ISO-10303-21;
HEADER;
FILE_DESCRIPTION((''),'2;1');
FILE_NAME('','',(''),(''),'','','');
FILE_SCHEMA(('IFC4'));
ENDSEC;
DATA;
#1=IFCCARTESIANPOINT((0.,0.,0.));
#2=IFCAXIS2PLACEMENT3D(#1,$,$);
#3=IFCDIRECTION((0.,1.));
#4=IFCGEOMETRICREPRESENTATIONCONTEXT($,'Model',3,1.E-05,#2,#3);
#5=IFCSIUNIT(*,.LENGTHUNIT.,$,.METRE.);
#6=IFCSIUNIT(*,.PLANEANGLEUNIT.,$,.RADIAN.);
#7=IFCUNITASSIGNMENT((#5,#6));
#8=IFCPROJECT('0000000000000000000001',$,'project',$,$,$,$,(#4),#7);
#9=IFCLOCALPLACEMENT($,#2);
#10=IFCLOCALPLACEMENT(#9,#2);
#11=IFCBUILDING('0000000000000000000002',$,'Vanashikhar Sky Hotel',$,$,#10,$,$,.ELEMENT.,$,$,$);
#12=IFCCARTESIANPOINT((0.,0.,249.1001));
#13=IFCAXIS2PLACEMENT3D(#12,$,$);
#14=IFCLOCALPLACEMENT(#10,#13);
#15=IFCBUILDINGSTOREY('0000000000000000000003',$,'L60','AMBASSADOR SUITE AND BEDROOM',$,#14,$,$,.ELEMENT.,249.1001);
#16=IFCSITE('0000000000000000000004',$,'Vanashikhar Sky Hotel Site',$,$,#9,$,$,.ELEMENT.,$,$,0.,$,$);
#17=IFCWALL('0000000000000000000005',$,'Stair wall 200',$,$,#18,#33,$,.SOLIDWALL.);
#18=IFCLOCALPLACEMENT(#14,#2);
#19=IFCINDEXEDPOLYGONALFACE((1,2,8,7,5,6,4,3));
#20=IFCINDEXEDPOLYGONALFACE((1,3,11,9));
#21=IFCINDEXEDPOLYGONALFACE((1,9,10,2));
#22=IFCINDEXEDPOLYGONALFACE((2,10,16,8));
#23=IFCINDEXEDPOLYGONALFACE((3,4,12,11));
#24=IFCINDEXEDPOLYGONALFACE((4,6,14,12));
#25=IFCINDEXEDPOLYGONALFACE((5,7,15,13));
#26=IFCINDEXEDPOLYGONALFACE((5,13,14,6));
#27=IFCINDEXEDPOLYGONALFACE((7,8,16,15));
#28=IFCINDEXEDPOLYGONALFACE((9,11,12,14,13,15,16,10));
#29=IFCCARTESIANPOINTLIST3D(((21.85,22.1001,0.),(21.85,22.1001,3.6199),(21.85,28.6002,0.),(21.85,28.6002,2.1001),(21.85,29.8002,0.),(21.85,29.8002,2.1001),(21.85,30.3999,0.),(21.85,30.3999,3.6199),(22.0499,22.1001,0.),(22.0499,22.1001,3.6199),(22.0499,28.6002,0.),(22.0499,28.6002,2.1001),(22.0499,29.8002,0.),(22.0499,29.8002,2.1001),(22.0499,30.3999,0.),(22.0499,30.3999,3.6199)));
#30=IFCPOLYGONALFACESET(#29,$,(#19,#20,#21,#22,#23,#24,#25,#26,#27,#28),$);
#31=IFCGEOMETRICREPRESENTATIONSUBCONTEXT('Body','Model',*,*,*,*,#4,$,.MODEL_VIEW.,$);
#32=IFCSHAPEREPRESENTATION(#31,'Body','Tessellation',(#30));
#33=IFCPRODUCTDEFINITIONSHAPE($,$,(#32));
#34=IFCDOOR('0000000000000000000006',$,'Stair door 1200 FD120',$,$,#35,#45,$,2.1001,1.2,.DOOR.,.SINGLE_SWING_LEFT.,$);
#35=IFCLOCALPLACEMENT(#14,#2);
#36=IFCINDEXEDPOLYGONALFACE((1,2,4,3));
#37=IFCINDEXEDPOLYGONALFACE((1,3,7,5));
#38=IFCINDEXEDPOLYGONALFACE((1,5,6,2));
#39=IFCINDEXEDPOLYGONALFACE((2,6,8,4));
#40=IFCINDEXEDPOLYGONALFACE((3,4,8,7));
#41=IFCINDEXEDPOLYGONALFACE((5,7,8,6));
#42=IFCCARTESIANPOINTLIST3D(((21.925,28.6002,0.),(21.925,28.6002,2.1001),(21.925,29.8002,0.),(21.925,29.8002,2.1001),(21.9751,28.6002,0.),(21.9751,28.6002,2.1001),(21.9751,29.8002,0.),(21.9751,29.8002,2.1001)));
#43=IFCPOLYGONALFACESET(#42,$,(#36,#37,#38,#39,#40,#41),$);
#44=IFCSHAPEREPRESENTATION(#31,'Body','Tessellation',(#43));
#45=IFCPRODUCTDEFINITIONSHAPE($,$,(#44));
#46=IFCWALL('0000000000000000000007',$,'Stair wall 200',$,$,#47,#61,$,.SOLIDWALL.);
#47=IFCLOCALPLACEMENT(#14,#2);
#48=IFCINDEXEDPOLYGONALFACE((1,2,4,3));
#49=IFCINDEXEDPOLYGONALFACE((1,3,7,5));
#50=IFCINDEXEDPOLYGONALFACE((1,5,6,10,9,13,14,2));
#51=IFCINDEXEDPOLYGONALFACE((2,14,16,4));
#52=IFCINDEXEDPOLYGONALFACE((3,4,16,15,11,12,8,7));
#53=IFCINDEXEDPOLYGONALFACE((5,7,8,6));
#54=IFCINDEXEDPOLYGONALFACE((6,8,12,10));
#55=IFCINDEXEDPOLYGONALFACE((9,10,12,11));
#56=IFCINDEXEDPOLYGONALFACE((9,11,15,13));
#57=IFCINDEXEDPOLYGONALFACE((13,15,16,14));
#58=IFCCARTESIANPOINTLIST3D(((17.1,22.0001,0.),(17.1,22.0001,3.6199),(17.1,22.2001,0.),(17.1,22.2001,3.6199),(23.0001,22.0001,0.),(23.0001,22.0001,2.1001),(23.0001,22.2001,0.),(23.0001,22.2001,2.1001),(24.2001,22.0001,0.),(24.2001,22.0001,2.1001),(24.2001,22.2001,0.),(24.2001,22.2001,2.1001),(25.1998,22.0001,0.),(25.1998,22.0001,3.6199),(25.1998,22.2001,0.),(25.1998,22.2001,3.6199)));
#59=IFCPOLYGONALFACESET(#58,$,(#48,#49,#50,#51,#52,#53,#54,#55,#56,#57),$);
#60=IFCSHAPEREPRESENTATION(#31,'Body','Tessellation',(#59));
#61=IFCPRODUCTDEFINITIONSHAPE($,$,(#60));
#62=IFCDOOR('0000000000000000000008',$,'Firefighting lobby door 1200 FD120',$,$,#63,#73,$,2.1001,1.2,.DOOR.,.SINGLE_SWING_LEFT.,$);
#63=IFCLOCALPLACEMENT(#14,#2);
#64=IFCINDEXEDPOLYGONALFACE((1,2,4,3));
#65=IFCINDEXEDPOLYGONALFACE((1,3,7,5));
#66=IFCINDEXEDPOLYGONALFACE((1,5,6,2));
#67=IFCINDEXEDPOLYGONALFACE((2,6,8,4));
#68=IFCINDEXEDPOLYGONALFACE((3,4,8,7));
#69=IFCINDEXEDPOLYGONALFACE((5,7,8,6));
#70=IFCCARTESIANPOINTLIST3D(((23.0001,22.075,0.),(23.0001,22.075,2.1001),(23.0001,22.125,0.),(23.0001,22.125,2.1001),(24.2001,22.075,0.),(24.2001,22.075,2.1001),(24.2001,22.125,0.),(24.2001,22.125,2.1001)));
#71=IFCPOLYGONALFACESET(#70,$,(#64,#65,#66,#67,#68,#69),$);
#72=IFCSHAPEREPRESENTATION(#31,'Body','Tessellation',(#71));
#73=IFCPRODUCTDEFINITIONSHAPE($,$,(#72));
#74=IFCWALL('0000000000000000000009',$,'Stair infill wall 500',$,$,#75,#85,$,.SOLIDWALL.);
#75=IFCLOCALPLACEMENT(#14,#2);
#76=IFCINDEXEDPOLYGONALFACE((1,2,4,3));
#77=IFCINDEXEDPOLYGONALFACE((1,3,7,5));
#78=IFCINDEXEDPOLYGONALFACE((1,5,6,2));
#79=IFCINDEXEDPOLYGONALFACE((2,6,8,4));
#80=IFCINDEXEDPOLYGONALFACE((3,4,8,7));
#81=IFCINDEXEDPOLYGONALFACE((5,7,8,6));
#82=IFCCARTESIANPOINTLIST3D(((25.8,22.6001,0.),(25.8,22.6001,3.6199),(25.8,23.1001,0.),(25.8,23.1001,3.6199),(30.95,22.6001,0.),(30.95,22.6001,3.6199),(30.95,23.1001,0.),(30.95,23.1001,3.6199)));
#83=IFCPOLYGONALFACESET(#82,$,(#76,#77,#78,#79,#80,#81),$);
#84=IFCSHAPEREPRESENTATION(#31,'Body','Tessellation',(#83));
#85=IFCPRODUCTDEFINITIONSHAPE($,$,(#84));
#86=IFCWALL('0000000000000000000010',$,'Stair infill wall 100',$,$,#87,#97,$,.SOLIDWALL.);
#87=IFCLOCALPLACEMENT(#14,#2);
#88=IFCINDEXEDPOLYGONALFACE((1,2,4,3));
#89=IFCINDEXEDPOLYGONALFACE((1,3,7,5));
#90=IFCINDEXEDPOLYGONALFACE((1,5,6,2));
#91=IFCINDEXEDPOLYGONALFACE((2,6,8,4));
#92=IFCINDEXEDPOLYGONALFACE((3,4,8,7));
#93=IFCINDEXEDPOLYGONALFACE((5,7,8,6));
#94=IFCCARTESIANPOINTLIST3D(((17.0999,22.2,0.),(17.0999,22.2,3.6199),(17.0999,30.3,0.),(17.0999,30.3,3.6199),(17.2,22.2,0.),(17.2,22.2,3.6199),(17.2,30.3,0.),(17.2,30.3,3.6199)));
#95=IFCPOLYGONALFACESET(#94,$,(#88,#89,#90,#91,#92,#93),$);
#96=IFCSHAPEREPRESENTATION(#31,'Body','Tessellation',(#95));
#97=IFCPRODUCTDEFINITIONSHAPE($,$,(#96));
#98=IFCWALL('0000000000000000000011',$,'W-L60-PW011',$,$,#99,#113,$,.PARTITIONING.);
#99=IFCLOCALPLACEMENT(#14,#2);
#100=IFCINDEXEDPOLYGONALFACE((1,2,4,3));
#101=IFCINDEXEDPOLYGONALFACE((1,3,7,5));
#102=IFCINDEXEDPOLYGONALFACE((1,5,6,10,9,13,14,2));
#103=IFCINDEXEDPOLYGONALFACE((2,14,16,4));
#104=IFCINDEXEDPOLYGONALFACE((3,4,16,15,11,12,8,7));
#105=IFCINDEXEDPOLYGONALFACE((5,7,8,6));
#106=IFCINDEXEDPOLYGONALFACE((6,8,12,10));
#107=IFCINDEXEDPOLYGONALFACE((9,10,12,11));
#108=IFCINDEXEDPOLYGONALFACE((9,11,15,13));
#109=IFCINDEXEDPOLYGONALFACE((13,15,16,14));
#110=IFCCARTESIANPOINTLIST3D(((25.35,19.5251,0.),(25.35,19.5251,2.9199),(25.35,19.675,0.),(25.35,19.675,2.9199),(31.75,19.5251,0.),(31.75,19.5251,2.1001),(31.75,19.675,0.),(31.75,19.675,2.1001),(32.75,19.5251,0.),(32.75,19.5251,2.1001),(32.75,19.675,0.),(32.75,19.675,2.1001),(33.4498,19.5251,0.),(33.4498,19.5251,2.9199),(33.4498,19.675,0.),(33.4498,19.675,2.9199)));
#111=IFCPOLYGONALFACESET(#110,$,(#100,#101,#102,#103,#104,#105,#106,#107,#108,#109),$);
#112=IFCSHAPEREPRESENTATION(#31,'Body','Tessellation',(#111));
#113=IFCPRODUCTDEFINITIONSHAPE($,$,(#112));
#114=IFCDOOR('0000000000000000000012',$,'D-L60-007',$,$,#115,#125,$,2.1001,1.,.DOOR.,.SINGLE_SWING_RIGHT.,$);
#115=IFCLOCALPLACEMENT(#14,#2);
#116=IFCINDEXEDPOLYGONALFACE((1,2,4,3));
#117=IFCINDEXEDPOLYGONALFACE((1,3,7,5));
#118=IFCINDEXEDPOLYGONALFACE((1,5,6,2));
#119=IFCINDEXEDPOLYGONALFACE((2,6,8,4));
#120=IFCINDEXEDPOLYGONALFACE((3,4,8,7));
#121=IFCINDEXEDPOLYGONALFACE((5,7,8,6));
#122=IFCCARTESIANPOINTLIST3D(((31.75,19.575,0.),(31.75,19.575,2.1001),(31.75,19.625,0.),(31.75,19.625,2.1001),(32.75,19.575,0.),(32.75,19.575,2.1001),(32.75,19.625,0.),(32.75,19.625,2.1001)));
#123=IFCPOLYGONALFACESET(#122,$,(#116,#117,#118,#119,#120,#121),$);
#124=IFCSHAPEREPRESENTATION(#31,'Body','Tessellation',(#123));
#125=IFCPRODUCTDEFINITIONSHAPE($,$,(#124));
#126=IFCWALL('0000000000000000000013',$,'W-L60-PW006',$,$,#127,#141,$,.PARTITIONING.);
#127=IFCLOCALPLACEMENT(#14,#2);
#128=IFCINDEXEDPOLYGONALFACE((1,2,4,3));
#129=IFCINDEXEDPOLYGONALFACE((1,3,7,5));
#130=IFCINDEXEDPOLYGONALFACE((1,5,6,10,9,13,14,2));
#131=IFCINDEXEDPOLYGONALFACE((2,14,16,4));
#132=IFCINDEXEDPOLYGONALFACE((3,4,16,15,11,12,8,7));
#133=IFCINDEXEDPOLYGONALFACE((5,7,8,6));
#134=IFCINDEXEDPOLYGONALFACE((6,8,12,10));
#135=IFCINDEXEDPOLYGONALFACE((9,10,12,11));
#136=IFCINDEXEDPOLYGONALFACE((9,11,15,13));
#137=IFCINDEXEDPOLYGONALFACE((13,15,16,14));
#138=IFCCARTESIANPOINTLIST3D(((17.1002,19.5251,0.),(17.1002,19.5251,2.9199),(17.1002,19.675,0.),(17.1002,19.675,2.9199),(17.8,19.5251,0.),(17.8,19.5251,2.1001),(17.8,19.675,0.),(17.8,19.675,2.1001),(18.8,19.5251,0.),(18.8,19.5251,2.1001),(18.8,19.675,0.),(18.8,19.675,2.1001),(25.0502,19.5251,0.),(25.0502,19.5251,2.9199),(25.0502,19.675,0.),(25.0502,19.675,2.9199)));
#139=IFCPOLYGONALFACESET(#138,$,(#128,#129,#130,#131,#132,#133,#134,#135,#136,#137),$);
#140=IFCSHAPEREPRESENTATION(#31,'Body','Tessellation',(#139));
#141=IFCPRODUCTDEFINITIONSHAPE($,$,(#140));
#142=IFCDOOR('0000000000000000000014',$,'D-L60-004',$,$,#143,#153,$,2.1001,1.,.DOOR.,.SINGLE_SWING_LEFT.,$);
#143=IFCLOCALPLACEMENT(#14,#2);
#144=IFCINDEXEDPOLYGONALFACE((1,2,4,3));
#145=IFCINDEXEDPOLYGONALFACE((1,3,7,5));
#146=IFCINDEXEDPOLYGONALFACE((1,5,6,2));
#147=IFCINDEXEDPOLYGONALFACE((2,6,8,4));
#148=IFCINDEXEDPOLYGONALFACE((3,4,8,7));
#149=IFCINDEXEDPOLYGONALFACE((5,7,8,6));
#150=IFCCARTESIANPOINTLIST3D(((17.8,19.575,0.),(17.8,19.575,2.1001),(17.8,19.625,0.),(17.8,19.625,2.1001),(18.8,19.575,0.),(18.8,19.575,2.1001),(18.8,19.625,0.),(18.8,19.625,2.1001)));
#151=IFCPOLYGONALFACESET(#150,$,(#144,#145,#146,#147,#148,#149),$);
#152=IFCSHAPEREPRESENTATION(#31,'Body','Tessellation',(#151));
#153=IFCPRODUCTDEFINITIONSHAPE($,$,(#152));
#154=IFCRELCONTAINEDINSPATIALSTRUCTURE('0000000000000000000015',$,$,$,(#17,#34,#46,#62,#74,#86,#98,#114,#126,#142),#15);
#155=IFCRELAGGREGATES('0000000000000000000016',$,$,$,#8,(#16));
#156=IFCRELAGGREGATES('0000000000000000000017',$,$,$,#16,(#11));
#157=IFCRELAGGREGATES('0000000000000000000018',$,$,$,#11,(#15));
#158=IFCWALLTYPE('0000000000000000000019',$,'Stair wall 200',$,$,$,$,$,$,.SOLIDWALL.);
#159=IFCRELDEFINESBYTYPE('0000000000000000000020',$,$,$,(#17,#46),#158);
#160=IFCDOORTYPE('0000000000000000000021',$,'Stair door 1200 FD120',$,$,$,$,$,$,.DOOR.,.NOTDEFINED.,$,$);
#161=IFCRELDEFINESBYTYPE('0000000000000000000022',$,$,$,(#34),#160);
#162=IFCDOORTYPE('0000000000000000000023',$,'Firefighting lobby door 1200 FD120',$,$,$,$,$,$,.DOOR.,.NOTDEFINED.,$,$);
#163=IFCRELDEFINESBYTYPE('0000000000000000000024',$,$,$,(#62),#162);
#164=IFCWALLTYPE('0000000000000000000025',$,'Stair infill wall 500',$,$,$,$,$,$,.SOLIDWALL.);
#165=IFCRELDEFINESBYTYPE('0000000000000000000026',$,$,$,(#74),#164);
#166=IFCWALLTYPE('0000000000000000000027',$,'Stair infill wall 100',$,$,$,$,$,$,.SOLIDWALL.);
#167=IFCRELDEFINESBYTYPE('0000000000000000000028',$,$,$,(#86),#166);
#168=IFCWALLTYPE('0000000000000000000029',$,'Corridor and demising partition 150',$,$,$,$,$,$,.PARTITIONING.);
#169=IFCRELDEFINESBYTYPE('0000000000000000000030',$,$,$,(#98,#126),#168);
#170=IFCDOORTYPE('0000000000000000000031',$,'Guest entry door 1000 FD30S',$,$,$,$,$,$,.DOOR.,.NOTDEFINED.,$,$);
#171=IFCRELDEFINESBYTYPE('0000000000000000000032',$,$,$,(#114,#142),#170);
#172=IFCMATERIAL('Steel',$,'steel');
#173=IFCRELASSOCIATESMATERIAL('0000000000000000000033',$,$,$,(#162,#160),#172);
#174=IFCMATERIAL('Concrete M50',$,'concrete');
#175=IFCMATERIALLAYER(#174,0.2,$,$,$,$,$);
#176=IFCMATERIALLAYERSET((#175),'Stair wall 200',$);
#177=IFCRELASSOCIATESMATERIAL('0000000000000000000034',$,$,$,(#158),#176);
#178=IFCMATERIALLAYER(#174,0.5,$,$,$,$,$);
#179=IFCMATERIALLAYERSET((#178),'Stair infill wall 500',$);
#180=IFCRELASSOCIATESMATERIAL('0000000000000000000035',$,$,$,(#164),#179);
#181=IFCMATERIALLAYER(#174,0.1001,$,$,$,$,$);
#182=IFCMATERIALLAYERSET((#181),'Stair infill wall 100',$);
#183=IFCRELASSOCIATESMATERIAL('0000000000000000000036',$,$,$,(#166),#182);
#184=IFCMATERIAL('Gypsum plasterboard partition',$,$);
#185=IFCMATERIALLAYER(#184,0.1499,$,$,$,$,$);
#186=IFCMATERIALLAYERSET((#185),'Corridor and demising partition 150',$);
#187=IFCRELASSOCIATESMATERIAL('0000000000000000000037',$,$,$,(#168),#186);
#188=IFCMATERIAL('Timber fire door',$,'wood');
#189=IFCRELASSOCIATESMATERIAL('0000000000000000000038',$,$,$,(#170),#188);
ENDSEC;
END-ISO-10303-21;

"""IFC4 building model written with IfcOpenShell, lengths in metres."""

from ifc_helpers import new_model, si_unit, direction, frame, frame_2d, origin, place, context, subcontext, project, spatial, rectangle, extrude, source, transform, mapped, material, layer, layer_set, type_object, element, fill, save


model = new_model("IFC4")

# Units and contexts
model_context = context("Model", 3, precision=1e-05, world=origin(), true_north=direction((0.0, 1.0)))
body_context = subcontext(model_context, "Body", "Model", "MODEL_VIEW")
ifc_project = project(units=[si_unit("LENGTHUNIT", "METRE"), si_unit("PLANEANGLEUNIT", "RADIAN")], contexts=[model_context])

# Site, building, storey
site_placement = place(None, origin())
site = spatial("IfcSite", under=ifc_project, at=site_placement, Name="Vanashikhar Sky Hotel Site", CompositionType="ELEMENT", RefElevation=0.0)
building_placement = place(site_placement, origin())
building = spatial("IfcBuilding", under=site, at=building_placement, Name="Vanashikhar Sky Hotel", CompositionType="ELEMENT")
storey_placement = place(building_placement, frame((0.0, 0.0, 249.1001)))
storey = spatial("IfcBuildingStorey", under=building, at=storey_placement, Name="L60", Description="AMBASSADOR SUITE AND BEDROOM", CompositionType="ELEMENT", Elevation=249.1001)

# Shared definitions
ifc_material_1 = material(Name="Concrete M50", Category="concrete")

# Shared definitions
ifc_material_2 = material(Name="Steel", Category="steel")
door_type_1 = type_object("IfcDoorType", Name="Firefighting lobby door 1200 FD120", OperationType="NOTDEFINED", PredefinedType="DOOR", material=ifc_material_2)

# Walls, openings, doors
ifc_layer_1 = layer(ifc_material_1, 0.2)
ifc_layer_set_1 = layer_set([ifc_layer_1], Name="Stair wall 200")
wall_type_1 = type_object("IfcWallType", Name="Stair wall 200", PredefinedType="SOLIDWALL", material=ifc_layer_set_1)
shared_shape_1 = source(origin(), body_context, "Body", "SweptSolid", [
    extrude(rectangle(XDim=8.2998, YDim=0.2, at=frame_2d((4.1499, 0.0))), origin(), (0.0, 0.0, 1.0), 3.6199),
])
wall_1_placement = place(storey_placement, frame((21.95, 22.1001, 0.0), z_axis=(0.0, 0.0, 1.0), x_axis=(0.0, 1.0, 0.0)))
wall_1 = element("IfcWall", 1, at=wall_1_placement, inside=storey, type_object=wall_type_1, Name="Stair wall 200", PredefinedType="SOLIDWALL", context=body_context, shape_type="MappedRepresentation", body=[
    mapped(shared_shape_1, transform((0.0, 0.0, 0.0), scale=1.0)),
])
shared_shape_2 = source(origin(), body_context, "Body", "SweptSolid", [
    extrude(rectangle(XDim=1.2, YDim=2.1001, at=frame_2d((0.6001, 1.05))), frame((0.0, 0.1099, 0.0), z_axis=(0.0, -1.0, 0.0), x_axis=(1.0, 0.0, 0.0)), (0.0, 0.0, 1.0), 0.22),
])
opening_1_placement = place(wall_1_placement, frame((6.5, 0.0, 0.0)))
opening_1 = element("IfcOpeningElement", 2, at=opening_1_placement, cuts=wall_1, PredefinedType="OPENING", context=body_context, shape_type="MappedRepresentation", body=[
    mapped(shared_shape_2, transform((0.0, 0.0, 0.0), scale=1.0)),
])
door_type_2 = type_object("IfcDoorType", Name="Stair door 1200 FD120", OperationType="NOTDEFINED", PredefinedType="DOOR", material=ifc_material_2)
shared_shape_3 = source(origin(), body_context, "Body", "SweptSolid", [
    extrude(rectangle(XDim=1.2, YDim=2.1001, at=frame_2d((0.6001, 1.05))), frame((0.0, 0.0249, 0.0), z_axis=(0.0, -1.0, 0.0), x_axis=(1.0, 0.0, 0.0)), (0.0, 0.0, 1.0), 0.05),
])
door_1_placement = place(opening_1_placement, origin())
door_1 = element("IfcDoor", 3, at=door_1_placement, inside=storey, type_object=door_type_2, Name="Stair door 1200 FD120", OperationType="SINGLE_SWING_LEFT", OverallHeight=2.1001, OverallWidth=1.2, PredefinedType="DOOR", context=body_context, shape_type="MappedRepresentation", body=[
    mapped(shared_shape_3, transform((0.0, 0.0, 0.0), scale=1.0)),
])
fill(opening_1, door_1)
shared_shape_4 = source(origin(), body_context, "Body", "SweptSolid", [
    extrude(rectangle(XDim=8.0999, YDim=0.2, at=frame_2d((4.0498, 0.0))), origin(), (0.0, 0.0, 1.0), 3.6199),
])
wall_2_placement = place(storey_placement, frame((17.1001, 22.1001, 0.0), z_axis=(0.0, 0.0, 1.0), x_axis=(1.0, 0.0, 0.0)))
wall_2 = element("IfcWall", 4, at=wall_2_placement, inside=storey, type_object=wall_type_1, Name="Stair wall 200", PredefinedType="SOLIDWALL", context=body_context, shape_type="MappedRepresentation", body=[
    mapped(shared_shape_4, transform((0.0, 0.0, 0.0), scale=1.0)),
])
opening_2_placement = place(wall_2_placement, frame((5.8999, 0.0, 0.0)))
opening_2 = element("IfcOpeningElement", 5, at=opening_2_placement, cuts=wall_2, PredefinedType="OPENING", context=body_context, shape_type="MappedRepresentation", body=[
    mapped(shared_shape_2, transform((0.0, 0.0, 0.0), scale=1.0)),
])
door_2_placement = place(opening_2_placement, origin())
door_2 = element("IfcDoor", 6, at=door_2_placement, inside=storey, type_object=door_type_1, Name="Firefighting lobby door 1200 FD120", OperationType="SINGLE_SWING_LEFT", OverallHeight=2.1001, OverallWidth=1.2, PredefinedType="DOOR", context=body_context, shape_type="MappedRepresentation", body=[
    mapped(shared_shape_3, transform((0.0, 0.0, 0.0), scale=1.0)),
])
fill(opening_2, door_2)

# Walls
ifc_layer_2 = layer(ifc_material_1, 0.5)
ifc_layer_set_2 = layer_set([ifc_layer_2], Name="Stair infill wall 500")
wall_type_2 = type_object("IfcWallType", Name="Stair infill wall 500", PredefinedType="SOLIDWALL", material=ifc_layer_set_2)
shared_shape_5 = source(origin(), body_context, "Body", "SweptSolid", [
    extrude(rectangle(XDim=5.1499, YDim=0.5, at=frame_2d((2.575, 0.0))), origin(), (0.0, 0.0, 1.0), 3.6199),
])
wall_3_placement = place(storey_placement, frame((25.8, 22.8501, 0.0), z_axis=(0.0, 0.0, 1.0), x_axis=(1.0, 0.0, 0.0)))
element("IfcWall", 7, at=wall_3_placement, inside=storey, type_object=wall_type_2, Name="Stair infill wall 500", PredefinedType="SOLIDWALL", context=body_context, shape_type="MappedRepresentation", body=[
    mapped(shared_shape_5, transform((0.0, 0.0, 0.0), scale=1.0)),
])
ifc_layer_3 = layer(ifc_material_1, 0.1001)
ifc_layer_set_3 = layer_set([ifc_layer_3], Name="Stair infill wall 100")
wall_type_3 = type_object("IfcWallType", Name="Stair infill wall 100", PredefinedType="SOLIDWALL", material=ifc_layer_set_3)
shared_shape_6 = source(origin(), body_context, "Body", "SweptSolid", [
    extrude(rectangle(XDim=8.1001, YDim=0.1001, at=frame_2d((4.05, 0.0))), origin(), (0.0, 0.0, 1.0), 3.6199),
])
wall_4_placement = place(storey_placement, frame((17.1499, 22.2, 0.0), z_axis=(0.0, 0.0, 1.0), x_axis=(0.0, 1.0, 0.0)))
element("IfcWall", 8, at=wall_4_placement, inside=storey, type_object=wall_type_3, Name="Stair infill wall 100", PredefinedType="SOLIDWALL", context=body_context, shape_type="MappedRepresentation", body=[
    mapped(shared_shape_6, transform((0.0, 0.0, 0.0), scale=1.0)),
])

# Walls, openings, doors
ifc_material_3 = material(Name="Gypsum plasterboard partition")
ifc_layer_4 = layer(ifc_material_3, 0.1499)
ifc_layer_set_4 = layer_set([ifc_layer_4], Name="Corridor and demising partition 150")
wall_type_4 = type_object("IfcWallType", Name="Corridor and demising partition 150", PredefinedType="PARTITIONING", material=ifc_layer_set_4)
shared_shape_7 = source(origin(), body_context, "Body", "SweptSolid", [
    extrude(rectangle(XDim=8.0999, YDim=0.1499, at=frame_2d((4.0498, 0.0))), origin(), (0.0, 0.0, 1.0), 2.9199),
])
wall_5_placement = place(storey_placement, frame((25.3501, 19.6001, 0.0), z_axis=(0.0, 0.0, 1.0), x_axis=(1.0, 0.0, 0.0)))
wall_5 = element("IfcWall", 9, at=wall_5_placement, inside=storey, type_object=wall_type_4, Name="W-L60-PW011", PredefinedType="PARTITIONING", context=body_context, shape_type="MappedRepresentation", body=[
    mapped(shared_shape_7, transform((0.0, 0.0, 0.0), scale=1.0)),
])
shared_shape_8 = source(origin(), body_context, "Body", "SweptSolid", [
    extrude(rectangle(XDim=1.0, YDim=2.1001, at=frame_2d((0.5, 1.05))), frame((0.0, 0.085, 0.0), z_axis=(0.0, -1.0, 0.0), x_axis=(1.0, 0.0, 0.0)), (0.0, 0.0, 1.0), 0.1699),
])
opening_3_placement = place(wall_5_placement, frame((6.3999, 0.0, 0.0)))
opening_3 = element("IfcOpeningElement", 10, at=opening_3_placement, cuts=wall_5, PredefinedType="OPENING", context=body_context, shape_type="MappedRepresentation", body=[
    mapped(shared_shape_8, transform((0.0, 0.0, 0.0), scale=1.0)),
])
ifc_material_4 = material(Name="Timber fire door", Category="wood")
door_type_3 = type_object("IfcDoorType", Name="Guest entry door 1000 FD30S", OperationType="NOTDEFINED", PredefinedType="DOOR", material=ifc_material_4)
shared_shape_9 = source(origin(), body_context, "Body", "SweptSolid", [
    extrude(rectangle(XDim=1.0, YDim=2.1001, at=frame_2d((0.5, 1.05))), frame((0.0, 0.0249, 0.0), z_axis=(0.0, -1.0, 0.0), x_axis=(1.0, 0.0, 0.0)), (0.0, 0.0, 1.0), 0.05),
])
door_3_placement = place(opening_3_placement, origin())
door_3 = element("IfcDoor", 11, at=door_3_placement, inside=storey, type_object=door_type_3, Name="D-L60-007", OperationType="SINGLE_SWING_RIGHT", OverallHeight=2.1001, OverallWidth=1.0, PredefinedType="DOOR", context=body_context, shape_type="MappedRepresentation", body=[
    mapped(shared_shape_9, transform((0.0, 0.0, 0.0), scale=1.0)),
])
fill(opening_3, door_3)
shared_shape_10 = source(origin(), body_context, "Body", "SweptSolid", [
    extrude(rectangle(XDim=7.95, YDim=0.1499, at=frame_2d((3.9751, 0.0))), origin(), (0.0, 0.0, 1.0), 2.9199),
])
wall_6_placement = place(storey_placement, frame((17.1001, 19.6001, 0.0), z_axis=(0.0, 0.0, 1.0), x_axis=(1.0, 0.0, 0.0)))
wall_6 = element("IfcWall", 12, at=wall_6_placement, inside=storey, type_object=wall_type_4, Name="W-L60-PW006", PredefinedType="PARTITIONING", context=body_context, shape_type="MappedRepresentation", body=[
    mapped(shared_shape_10, transform((0.0, 0.0, 0.0), scale=1.0)),
])
opening_4_placement = place(wall_6_placement, frame((0.7, 0.0, 0.0)))
opening_4 = element("IfcOpeningElement", 13, at=opening_4_placement, cuts=wall_6, PredefinedType="OPENING", context=body_context, shape_type="MappedRepresentation", body=[
    mapped(shared_shape_8, transform((0.0, 0.0, 0.0), scale=1.0)),
])
door_4_placement = place(opening_4_placement, origin())
door_4 = element("IfcDoor", 14, at=door_4_placement, inside=storey, type_object=door_type_3, Name="D-L60-004", OperationType="SINGLE_SWING_LEFT", OverallHeight=2.1001, OverallWidth=1.0, PredefinedType="DOOR", context=body_context, shape_type="MappedRepresentation", body=[
    mapped(shared_shape_9, transform((0.0, 0.0, 0.0), scale=1.0)),
])
fill(opening_4, door_4)

save(model, "model.ifc")
